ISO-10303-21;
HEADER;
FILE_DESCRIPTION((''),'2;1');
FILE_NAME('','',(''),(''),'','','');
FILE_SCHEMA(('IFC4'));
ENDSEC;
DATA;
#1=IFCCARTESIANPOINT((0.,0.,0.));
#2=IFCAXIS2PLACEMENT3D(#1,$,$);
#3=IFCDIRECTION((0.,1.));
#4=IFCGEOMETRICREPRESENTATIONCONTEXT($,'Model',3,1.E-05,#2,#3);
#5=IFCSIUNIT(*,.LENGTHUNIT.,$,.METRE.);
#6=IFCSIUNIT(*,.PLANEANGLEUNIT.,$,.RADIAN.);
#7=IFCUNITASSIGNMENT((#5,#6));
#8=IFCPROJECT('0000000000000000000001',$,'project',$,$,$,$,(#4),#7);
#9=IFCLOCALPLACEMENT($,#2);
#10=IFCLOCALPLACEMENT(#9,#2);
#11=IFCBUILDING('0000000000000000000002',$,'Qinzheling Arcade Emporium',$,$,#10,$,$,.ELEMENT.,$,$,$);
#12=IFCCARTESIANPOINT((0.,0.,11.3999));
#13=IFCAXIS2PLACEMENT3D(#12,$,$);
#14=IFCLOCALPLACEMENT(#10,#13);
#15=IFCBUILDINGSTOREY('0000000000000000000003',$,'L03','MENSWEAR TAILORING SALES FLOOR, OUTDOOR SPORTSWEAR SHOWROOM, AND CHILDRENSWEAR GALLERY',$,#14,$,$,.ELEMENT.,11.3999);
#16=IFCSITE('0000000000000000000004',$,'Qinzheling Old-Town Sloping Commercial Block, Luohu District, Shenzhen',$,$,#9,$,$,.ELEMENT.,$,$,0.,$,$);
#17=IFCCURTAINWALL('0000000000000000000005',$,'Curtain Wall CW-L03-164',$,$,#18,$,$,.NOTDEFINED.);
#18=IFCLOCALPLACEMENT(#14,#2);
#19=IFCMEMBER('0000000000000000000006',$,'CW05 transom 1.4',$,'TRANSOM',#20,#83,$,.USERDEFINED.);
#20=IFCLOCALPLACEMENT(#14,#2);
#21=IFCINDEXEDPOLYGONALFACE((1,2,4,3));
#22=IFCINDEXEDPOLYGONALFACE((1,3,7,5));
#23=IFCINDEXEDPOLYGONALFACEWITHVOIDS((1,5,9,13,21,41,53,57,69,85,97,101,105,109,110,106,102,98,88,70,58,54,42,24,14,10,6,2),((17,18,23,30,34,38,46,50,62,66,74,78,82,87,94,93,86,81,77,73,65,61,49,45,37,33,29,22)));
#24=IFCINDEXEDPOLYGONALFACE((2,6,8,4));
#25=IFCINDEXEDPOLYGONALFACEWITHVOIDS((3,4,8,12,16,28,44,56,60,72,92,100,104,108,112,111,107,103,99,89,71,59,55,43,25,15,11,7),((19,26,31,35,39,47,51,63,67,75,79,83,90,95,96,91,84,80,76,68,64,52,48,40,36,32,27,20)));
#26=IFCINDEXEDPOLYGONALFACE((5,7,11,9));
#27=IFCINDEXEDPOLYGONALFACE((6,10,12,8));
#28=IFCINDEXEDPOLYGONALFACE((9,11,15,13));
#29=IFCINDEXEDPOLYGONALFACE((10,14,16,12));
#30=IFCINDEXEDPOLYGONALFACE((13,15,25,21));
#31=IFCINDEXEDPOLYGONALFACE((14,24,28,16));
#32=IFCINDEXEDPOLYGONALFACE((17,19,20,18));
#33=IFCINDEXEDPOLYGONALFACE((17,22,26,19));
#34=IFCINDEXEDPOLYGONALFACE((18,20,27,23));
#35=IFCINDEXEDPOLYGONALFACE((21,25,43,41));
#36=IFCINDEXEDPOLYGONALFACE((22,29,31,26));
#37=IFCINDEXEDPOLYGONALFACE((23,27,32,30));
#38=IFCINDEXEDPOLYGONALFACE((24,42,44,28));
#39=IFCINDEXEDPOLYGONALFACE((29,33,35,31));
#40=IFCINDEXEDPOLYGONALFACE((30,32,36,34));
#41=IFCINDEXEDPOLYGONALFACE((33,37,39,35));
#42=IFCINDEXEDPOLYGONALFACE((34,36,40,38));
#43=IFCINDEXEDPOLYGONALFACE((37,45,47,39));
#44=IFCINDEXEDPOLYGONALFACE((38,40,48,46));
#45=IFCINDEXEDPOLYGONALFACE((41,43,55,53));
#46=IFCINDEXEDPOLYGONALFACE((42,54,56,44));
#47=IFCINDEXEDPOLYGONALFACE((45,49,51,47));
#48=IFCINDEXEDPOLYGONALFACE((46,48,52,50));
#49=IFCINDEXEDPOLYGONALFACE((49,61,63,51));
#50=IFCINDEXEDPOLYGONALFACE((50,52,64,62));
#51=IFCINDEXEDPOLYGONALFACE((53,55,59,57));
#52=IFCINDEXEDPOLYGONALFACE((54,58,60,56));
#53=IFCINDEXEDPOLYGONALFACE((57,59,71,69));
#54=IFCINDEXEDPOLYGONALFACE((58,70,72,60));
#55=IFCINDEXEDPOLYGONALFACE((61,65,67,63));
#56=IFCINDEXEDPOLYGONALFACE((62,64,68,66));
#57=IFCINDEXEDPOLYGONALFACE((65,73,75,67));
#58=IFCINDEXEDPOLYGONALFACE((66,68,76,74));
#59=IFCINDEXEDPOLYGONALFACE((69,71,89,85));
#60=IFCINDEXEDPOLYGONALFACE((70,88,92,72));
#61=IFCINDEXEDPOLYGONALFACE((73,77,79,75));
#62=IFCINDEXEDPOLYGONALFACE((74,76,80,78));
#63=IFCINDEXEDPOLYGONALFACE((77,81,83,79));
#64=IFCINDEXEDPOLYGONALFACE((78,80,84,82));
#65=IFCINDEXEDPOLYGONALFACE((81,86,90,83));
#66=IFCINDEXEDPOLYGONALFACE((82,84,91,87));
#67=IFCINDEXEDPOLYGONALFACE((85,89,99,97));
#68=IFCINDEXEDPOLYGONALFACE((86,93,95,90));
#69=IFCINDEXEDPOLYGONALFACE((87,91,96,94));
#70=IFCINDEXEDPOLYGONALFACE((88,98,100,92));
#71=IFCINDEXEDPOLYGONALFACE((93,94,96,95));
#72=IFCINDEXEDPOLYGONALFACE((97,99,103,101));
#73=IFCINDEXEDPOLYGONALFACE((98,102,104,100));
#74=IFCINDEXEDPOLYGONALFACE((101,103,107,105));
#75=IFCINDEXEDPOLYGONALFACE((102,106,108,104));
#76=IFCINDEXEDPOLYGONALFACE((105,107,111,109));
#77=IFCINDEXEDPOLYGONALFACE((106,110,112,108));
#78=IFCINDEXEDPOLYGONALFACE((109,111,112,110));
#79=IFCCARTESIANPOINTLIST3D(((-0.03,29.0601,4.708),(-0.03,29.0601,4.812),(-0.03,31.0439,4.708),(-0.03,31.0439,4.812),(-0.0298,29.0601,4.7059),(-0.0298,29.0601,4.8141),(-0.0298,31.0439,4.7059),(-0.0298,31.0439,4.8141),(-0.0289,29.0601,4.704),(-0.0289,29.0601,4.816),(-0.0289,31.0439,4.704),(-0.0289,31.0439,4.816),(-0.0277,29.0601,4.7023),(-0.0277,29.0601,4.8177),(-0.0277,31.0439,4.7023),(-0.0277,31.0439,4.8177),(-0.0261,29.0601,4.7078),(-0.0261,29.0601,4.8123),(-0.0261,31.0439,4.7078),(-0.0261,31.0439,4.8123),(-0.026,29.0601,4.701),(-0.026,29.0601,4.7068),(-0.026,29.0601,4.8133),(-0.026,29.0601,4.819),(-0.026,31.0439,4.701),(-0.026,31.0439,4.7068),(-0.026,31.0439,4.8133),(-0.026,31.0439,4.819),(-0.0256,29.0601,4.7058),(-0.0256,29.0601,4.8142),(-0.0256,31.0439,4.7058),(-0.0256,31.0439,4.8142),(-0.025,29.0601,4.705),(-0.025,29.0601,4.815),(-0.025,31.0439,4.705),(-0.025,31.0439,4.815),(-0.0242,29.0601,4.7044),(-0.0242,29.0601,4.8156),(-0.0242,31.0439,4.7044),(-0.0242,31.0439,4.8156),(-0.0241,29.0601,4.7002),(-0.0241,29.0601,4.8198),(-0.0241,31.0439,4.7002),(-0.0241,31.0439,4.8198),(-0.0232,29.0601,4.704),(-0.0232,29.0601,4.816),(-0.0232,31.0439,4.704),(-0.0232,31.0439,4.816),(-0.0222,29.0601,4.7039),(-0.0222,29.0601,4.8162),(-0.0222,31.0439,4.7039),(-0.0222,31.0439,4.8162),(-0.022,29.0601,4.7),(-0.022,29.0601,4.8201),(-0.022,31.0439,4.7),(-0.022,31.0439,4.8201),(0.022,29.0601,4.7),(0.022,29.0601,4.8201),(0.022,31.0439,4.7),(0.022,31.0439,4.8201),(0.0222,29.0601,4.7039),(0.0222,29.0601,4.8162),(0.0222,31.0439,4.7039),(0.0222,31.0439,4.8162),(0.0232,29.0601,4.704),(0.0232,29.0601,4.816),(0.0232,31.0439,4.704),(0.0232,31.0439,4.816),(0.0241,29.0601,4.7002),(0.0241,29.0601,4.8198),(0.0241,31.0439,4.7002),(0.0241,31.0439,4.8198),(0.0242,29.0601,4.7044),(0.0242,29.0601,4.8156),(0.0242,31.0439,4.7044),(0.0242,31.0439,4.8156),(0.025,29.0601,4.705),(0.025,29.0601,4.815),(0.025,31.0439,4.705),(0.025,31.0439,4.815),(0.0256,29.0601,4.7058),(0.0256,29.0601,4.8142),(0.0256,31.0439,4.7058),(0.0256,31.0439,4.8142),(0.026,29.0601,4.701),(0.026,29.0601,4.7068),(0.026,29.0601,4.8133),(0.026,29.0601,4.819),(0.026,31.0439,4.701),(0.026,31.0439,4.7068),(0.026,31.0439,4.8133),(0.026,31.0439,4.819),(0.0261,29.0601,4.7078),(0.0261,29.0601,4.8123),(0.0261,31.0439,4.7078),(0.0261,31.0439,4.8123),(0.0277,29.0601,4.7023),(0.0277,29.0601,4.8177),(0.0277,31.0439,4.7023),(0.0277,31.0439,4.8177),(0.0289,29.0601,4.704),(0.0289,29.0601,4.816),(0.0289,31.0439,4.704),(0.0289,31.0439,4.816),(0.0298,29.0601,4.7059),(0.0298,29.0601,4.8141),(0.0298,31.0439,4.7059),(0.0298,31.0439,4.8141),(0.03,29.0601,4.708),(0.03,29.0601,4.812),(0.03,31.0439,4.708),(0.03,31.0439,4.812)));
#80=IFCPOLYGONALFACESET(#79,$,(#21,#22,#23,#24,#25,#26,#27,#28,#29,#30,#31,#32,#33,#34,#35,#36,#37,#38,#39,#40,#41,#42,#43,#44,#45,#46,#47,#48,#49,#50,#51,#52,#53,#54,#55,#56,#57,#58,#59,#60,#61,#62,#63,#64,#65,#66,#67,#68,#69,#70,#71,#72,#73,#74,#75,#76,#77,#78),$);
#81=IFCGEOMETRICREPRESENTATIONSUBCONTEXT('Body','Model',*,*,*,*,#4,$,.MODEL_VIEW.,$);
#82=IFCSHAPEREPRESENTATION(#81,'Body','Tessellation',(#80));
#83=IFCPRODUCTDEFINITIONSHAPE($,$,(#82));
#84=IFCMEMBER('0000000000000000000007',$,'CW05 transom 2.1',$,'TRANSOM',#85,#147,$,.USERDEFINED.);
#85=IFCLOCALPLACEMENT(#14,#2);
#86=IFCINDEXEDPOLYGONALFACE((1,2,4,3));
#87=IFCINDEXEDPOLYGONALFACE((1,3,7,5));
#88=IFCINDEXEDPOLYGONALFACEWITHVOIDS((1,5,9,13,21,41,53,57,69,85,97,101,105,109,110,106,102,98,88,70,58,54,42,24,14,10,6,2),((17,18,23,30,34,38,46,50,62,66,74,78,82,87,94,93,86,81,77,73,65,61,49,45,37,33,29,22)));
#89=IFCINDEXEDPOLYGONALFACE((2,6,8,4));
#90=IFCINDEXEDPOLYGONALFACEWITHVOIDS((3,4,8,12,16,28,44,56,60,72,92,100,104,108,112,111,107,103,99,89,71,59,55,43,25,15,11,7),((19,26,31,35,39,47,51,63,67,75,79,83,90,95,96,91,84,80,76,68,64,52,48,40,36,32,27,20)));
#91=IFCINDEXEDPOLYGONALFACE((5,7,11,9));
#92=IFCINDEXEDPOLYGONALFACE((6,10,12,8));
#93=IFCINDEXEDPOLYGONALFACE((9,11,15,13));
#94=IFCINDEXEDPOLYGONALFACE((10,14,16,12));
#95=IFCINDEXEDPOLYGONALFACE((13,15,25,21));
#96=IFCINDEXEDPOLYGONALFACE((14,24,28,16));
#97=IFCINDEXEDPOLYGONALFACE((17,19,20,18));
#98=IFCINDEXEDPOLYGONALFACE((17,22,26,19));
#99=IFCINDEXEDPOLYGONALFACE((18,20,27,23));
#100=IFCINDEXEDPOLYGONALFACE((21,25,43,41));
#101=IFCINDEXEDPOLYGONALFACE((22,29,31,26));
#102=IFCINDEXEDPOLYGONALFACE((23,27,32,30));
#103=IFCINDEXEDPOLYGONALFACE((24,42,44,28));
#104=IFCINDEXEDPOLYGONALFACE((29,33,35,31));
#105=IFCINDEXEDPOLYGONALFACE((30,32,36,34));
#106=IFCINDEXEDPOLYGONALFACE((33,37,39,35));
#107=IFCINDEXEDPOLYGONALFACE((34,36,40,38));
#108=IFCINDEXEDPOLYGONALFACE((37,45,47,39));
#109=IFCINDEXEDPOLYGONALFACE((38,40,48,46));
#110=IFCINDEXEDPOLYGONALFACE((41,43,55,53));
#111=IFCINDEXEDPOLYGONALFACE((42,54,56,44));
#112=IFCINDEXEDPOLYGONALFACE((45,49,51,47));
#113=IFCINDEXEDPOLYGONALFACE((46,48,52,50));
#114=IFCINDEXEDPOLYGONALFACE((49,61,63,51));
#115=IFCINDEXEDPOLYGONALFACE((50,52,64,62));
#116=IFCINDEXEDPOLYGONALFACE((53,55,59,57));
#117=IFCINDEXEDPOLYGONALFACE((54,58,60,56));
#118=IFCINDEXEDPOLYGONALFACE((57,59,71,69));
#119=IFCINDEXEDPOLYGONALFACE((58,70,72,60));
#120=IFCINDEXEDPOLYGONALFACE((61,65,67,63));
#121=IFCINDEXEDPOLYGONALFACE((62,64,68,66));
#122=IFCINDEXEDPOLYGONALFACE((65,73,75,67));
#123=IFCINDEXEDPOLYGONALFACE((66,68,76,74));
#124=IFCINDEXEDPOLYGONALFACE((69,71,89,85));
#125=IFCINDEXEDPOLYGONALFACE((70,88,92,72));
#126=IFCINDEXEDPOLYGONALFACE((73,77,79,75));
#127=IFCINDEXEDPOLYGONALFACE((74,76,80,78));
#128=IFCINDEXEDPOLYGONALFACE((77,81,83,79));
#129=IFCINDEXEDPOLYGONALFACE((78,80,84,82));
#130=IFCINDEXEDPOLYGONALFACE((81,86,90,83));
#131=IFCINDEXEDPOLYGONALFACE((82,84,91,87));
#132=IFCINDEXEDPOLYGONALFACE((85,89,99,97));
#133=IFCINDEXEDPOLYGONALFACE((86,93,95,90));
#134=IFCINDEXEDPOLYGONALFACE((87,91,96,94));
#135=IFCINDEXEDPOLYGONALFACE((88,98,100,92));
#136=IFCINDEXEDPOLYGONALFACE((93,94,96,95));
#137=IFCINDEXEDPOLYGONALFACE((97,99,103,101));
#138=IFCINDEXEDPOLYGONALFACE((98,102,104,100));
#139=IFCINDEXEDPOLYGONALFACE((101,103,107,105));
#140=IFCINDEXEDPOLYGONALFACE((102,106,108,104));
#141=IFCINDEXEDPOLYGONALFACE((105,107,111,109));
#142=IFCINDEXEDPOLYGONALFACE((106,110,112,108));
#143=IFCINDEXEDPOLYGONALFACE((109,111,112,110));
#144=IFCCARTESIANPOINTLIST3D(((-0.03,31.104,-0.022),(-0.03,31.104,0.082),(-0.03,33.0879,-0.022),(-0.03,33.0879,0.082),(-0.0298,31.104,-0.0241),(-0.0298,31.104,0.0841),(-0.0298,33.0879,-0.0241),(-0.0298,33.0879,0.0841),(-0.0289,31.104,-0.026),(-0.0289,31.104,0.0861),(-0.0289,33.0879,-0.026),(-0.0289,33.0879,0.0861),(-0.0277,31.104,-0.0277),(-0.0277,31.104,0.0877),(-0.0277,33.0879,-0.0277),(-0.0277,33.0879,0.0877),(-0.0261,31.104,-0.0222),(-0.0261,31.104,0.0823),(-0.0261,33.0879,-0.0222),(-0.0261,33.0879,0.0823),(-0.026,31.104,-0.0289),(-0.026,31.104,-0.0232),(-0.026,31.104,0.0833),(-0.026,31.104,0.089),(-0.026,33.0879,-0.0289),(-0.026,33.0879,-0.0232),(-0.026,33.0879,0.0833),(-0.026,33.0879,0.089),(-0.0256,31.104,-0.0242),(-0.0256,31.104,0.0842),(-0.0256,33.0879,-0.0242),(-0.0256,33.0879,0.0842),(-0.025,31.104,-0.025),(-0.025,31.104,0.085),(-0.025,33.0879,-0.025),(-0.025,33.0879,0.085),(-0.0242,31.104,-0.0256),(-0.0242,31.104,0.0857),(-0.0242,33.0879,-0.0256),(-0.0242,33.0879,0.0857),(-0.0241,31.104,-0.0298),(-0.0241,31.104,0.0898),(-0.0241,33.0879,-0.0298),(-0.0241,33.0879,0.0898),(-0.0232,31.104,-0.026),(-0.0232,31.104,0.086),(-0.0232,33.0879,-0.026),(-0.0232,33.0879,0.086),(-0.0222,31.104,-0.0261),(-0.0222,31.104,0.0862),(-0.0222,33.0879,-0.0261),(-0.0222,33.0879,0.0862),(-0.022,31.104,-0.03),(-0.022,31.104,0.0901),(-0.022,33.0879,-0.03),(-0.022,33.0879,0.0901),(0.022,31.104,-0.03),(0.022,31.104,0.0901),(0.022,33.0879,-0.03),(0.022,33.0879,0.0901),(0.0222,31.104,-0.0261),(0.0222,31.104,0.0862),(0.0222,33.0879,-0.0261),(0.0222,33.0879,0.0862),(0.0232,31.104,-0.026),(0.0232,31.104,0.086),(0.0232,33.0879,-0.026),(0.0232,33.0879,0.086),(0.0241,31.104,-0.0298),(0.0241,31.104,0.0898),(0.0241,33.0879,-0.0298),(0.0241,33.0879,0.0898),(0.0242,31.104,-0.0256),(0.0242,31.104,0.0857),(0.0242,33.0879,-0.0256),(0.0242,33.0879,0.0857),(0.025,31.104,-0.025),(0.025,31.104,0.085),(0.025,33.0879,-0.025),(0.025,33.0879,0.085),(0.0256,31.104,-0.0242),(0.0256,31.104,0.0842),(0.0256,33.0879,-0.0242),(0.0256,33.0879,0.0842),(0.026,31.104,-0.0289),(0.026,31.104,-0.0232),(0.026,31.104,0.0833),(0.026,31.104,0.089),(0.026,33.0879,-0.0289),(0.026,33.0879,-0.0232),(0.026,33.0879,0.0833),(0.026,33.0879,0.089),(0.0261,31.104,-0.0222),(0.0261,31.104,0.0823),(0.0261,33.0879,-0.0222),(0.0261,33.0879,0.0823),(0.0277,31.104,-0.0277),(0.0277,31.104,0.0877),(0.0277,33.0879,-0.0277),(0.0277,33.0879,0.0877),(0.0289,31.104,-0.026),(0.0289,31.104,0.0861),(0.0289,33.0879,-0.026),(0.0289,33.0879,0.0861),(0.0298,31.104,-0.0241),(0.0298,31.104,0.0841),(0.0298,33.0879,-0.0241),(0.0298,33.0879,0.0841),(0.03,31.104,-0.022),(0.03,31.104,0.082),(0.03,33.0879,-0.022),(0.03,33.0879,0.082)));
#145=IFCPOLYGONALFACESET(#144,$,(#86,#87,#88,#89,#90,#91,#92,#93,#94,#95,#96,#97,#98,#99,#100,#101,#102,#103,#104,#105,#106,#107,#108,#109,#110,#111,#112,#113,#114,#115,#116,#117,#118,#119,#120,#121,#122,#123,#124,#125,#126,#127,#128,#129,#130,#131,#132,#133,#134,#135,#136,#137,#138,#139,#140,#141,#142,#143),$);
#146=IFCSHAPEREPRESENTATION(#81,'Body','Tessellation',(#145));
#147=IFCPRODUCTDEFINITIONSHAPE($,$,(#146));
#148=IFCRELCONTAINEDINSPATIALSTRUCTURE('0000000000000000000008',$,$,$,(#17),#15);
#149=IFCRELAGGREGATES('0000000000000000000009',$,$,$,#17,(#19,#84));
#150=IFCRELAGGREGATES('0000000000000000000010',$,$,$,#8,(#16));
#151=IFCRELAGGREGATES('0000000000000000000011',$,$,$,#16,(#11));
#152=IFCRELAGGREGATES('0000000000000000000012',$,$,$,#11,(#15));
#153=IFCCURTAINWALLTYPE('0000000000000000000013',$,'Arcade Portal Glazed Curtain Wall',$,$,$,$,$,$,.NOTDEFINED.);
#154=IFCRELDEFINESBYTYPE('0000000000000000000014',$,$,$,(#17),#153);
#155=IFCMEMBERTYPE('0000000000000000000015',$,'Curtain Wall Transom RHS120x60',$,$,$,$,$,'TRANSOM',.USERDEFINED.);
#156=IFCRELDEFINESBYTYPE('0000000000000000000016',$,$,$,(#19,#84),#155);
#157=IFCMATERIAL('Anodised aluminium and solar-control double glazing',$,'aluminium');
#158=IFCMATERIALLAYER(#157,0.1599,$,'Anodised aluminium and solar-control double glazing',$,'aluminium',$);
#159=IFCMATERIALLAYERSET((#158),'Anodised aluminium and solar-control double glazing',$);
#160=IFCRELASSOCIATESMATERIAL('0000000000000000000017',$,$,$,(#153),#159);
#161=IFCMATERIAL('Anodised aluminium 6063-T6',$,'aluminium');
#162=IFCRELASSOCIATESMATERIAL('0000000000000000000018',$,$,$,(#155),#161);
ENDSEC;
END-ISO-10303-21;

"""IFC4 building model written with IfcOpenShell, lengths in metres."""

from ifc_helpers import new_model, si_unit, direction, frame, origin, origin_2d, place, context, subcontext, project, spatial, hollow_rectangle, extrude, material, layer, layer_set, material_profile, profile_set, type_object, element, aggregate, save


model = new_model("IFC4")

# Units and contexts
model_context = context("Model", 3, precision=1e-05, world=origin(), true_north=direction((0.0, 1.0)))
body_context = subcontext(model_context, "Body", "Model", "MODEL_VIEW")
ifc_project = project(units=[si_unit("LENGTHUNIT", "METRE"), si_unit("PLANEANGLEUNIT", "RADIAN")], contexts=[model_context])

# Site, building, storey
site_placement = place(None, origin())
site = spatial("IfcSite", under=ifc_project, at=site_placement, Name="Qinzheling Old-Town Sloping Commercial Block, Luohu District, Shenzhen", CompositionType="ELEMENT", RefElevation=0.0)
building_placement = place(site_placement, origin())
building = spatial("IfcBuilding", under=site, at=building_placement, Name="Qinzheling Arcade Emporium", CompositionType="ELEMENT")
storey_placement = place(building_placement, frame((0.0, 0.0, 11.3999)))
storey = spatial("IfcBuildingStorey", under=building, at=storey_placement, Name="L03", Description="MENSWEAR TAILORING SALES FLOOR, OUTDOOR SPORTSWEAR SHOWROOM, AND CHILDRENSWEAR GALLERY", CompositionType="ELEMENT", Elevation=11.3999)

# Shared definitions
ifc_material_1 = material(Name="Anodised aluminium and solar-control double glazing", Category="aluminium")
ifc_layer_1 = layer(ifc_material_1, 0.1599, Name="Anodised aluminium and solar-control double glazing", Category="aluminium")
ifc_layer_set_1 = layer_set([ifc_layer_1], Name="Anodised aluminium and solar-control double glazing")
curtain_wall_type = type_object("IfcCurtainWallType", Name="Arcade Portal Glazed Curtain Wall", PredefinedType="NOTDEFINED", material=ifc_layer_set_1)
ifc_material_2 = material(Name="Anodised aluminium 6063-T6", Category="aluminium")

# Curtain wall, members
curtain_wall_1_placement = place(storey_placement, origin())
curtain_wall_1 = element("IfcCurtainWall", 1, at=curtain_wall_1_placement, inside=storey, type_object=curtain_wall_type, Name="Curtain Wall CW-L03-164", PredefinedType="NOTDEFINED")
ifc_material_profile_1 = material_profile(ifc_material_2, hollow_rectangle(XDim=0.0601, YDim=0.1201, WallThickness=0.0039, InnerFilletRadius=0.0039, OuterFilletRadius=0.0081, at=origin_2d()), Name="RHS 120x60x4", Category="aluminium")
ifc_profile_set_1 = profile_set([ifc_material_profile_1], Name="Anodised aluminium 6063-T6")
member_type_1 = type_object("IfcMemberType", Name="Curtain Wall Transom RHS120x60", ElementType="TRANSOM", PredefinedType="USERDEFINED", material=ifc_profile_set_1)
member_1_placement = place(storey_placement, frame((0.0, 29.0601, 4.76), z_axis=(0.0, 1.0, 0.0), x_axis=(-1.0, 0.0, 0.0)))
member_1 = element("IfcMember", 2, at=member_1_placement, type_object=member_type_1, Name="CW05 transom 1.4", ObjectType="TRANSOM", PredefinedType="USERDEFINED", context=body_context, shape_type="SweptSolid", body=[
    extrude(hollow_rectangle(XDim=0.0601, YDim=0.1201, WallThickness=0.0039, InnerFilletRadius=0.0039, OuterFilletRadius=0.0081, at=origin_2d()), origin(), (0.0, 0.0, 1.0), 1.9839),
])
member_2_placement = place(storey_placement, frame((0.0, 31.104, 0.03), z_axis=(0.0, 1.0, 0.0), x_axis=(-1.0, 0.0, 0.0)))
member_2 = element("IfcMember", 3, at=member_2_placement, type_object=member_type_1, Name="CW05 transom 2.1", ObjectType="TRANSOM", PredefinedType="USERDEFINED", context=body_context, shape_type="SweptSolid", body=[
    extrude(hollow_rectangle(XDim=0.0601, YDim=0.1201, WallThickness=0.0039, InnerFilletRadius=0.0039, OuterFilletRadius=0.0081, at=origin_2d()), origin(), (0.0, 0.0, 1.0), 1.9839),
])

aggregate(curtain_wall_1, [member_1, member_2])

save(model, "model.ifc")
